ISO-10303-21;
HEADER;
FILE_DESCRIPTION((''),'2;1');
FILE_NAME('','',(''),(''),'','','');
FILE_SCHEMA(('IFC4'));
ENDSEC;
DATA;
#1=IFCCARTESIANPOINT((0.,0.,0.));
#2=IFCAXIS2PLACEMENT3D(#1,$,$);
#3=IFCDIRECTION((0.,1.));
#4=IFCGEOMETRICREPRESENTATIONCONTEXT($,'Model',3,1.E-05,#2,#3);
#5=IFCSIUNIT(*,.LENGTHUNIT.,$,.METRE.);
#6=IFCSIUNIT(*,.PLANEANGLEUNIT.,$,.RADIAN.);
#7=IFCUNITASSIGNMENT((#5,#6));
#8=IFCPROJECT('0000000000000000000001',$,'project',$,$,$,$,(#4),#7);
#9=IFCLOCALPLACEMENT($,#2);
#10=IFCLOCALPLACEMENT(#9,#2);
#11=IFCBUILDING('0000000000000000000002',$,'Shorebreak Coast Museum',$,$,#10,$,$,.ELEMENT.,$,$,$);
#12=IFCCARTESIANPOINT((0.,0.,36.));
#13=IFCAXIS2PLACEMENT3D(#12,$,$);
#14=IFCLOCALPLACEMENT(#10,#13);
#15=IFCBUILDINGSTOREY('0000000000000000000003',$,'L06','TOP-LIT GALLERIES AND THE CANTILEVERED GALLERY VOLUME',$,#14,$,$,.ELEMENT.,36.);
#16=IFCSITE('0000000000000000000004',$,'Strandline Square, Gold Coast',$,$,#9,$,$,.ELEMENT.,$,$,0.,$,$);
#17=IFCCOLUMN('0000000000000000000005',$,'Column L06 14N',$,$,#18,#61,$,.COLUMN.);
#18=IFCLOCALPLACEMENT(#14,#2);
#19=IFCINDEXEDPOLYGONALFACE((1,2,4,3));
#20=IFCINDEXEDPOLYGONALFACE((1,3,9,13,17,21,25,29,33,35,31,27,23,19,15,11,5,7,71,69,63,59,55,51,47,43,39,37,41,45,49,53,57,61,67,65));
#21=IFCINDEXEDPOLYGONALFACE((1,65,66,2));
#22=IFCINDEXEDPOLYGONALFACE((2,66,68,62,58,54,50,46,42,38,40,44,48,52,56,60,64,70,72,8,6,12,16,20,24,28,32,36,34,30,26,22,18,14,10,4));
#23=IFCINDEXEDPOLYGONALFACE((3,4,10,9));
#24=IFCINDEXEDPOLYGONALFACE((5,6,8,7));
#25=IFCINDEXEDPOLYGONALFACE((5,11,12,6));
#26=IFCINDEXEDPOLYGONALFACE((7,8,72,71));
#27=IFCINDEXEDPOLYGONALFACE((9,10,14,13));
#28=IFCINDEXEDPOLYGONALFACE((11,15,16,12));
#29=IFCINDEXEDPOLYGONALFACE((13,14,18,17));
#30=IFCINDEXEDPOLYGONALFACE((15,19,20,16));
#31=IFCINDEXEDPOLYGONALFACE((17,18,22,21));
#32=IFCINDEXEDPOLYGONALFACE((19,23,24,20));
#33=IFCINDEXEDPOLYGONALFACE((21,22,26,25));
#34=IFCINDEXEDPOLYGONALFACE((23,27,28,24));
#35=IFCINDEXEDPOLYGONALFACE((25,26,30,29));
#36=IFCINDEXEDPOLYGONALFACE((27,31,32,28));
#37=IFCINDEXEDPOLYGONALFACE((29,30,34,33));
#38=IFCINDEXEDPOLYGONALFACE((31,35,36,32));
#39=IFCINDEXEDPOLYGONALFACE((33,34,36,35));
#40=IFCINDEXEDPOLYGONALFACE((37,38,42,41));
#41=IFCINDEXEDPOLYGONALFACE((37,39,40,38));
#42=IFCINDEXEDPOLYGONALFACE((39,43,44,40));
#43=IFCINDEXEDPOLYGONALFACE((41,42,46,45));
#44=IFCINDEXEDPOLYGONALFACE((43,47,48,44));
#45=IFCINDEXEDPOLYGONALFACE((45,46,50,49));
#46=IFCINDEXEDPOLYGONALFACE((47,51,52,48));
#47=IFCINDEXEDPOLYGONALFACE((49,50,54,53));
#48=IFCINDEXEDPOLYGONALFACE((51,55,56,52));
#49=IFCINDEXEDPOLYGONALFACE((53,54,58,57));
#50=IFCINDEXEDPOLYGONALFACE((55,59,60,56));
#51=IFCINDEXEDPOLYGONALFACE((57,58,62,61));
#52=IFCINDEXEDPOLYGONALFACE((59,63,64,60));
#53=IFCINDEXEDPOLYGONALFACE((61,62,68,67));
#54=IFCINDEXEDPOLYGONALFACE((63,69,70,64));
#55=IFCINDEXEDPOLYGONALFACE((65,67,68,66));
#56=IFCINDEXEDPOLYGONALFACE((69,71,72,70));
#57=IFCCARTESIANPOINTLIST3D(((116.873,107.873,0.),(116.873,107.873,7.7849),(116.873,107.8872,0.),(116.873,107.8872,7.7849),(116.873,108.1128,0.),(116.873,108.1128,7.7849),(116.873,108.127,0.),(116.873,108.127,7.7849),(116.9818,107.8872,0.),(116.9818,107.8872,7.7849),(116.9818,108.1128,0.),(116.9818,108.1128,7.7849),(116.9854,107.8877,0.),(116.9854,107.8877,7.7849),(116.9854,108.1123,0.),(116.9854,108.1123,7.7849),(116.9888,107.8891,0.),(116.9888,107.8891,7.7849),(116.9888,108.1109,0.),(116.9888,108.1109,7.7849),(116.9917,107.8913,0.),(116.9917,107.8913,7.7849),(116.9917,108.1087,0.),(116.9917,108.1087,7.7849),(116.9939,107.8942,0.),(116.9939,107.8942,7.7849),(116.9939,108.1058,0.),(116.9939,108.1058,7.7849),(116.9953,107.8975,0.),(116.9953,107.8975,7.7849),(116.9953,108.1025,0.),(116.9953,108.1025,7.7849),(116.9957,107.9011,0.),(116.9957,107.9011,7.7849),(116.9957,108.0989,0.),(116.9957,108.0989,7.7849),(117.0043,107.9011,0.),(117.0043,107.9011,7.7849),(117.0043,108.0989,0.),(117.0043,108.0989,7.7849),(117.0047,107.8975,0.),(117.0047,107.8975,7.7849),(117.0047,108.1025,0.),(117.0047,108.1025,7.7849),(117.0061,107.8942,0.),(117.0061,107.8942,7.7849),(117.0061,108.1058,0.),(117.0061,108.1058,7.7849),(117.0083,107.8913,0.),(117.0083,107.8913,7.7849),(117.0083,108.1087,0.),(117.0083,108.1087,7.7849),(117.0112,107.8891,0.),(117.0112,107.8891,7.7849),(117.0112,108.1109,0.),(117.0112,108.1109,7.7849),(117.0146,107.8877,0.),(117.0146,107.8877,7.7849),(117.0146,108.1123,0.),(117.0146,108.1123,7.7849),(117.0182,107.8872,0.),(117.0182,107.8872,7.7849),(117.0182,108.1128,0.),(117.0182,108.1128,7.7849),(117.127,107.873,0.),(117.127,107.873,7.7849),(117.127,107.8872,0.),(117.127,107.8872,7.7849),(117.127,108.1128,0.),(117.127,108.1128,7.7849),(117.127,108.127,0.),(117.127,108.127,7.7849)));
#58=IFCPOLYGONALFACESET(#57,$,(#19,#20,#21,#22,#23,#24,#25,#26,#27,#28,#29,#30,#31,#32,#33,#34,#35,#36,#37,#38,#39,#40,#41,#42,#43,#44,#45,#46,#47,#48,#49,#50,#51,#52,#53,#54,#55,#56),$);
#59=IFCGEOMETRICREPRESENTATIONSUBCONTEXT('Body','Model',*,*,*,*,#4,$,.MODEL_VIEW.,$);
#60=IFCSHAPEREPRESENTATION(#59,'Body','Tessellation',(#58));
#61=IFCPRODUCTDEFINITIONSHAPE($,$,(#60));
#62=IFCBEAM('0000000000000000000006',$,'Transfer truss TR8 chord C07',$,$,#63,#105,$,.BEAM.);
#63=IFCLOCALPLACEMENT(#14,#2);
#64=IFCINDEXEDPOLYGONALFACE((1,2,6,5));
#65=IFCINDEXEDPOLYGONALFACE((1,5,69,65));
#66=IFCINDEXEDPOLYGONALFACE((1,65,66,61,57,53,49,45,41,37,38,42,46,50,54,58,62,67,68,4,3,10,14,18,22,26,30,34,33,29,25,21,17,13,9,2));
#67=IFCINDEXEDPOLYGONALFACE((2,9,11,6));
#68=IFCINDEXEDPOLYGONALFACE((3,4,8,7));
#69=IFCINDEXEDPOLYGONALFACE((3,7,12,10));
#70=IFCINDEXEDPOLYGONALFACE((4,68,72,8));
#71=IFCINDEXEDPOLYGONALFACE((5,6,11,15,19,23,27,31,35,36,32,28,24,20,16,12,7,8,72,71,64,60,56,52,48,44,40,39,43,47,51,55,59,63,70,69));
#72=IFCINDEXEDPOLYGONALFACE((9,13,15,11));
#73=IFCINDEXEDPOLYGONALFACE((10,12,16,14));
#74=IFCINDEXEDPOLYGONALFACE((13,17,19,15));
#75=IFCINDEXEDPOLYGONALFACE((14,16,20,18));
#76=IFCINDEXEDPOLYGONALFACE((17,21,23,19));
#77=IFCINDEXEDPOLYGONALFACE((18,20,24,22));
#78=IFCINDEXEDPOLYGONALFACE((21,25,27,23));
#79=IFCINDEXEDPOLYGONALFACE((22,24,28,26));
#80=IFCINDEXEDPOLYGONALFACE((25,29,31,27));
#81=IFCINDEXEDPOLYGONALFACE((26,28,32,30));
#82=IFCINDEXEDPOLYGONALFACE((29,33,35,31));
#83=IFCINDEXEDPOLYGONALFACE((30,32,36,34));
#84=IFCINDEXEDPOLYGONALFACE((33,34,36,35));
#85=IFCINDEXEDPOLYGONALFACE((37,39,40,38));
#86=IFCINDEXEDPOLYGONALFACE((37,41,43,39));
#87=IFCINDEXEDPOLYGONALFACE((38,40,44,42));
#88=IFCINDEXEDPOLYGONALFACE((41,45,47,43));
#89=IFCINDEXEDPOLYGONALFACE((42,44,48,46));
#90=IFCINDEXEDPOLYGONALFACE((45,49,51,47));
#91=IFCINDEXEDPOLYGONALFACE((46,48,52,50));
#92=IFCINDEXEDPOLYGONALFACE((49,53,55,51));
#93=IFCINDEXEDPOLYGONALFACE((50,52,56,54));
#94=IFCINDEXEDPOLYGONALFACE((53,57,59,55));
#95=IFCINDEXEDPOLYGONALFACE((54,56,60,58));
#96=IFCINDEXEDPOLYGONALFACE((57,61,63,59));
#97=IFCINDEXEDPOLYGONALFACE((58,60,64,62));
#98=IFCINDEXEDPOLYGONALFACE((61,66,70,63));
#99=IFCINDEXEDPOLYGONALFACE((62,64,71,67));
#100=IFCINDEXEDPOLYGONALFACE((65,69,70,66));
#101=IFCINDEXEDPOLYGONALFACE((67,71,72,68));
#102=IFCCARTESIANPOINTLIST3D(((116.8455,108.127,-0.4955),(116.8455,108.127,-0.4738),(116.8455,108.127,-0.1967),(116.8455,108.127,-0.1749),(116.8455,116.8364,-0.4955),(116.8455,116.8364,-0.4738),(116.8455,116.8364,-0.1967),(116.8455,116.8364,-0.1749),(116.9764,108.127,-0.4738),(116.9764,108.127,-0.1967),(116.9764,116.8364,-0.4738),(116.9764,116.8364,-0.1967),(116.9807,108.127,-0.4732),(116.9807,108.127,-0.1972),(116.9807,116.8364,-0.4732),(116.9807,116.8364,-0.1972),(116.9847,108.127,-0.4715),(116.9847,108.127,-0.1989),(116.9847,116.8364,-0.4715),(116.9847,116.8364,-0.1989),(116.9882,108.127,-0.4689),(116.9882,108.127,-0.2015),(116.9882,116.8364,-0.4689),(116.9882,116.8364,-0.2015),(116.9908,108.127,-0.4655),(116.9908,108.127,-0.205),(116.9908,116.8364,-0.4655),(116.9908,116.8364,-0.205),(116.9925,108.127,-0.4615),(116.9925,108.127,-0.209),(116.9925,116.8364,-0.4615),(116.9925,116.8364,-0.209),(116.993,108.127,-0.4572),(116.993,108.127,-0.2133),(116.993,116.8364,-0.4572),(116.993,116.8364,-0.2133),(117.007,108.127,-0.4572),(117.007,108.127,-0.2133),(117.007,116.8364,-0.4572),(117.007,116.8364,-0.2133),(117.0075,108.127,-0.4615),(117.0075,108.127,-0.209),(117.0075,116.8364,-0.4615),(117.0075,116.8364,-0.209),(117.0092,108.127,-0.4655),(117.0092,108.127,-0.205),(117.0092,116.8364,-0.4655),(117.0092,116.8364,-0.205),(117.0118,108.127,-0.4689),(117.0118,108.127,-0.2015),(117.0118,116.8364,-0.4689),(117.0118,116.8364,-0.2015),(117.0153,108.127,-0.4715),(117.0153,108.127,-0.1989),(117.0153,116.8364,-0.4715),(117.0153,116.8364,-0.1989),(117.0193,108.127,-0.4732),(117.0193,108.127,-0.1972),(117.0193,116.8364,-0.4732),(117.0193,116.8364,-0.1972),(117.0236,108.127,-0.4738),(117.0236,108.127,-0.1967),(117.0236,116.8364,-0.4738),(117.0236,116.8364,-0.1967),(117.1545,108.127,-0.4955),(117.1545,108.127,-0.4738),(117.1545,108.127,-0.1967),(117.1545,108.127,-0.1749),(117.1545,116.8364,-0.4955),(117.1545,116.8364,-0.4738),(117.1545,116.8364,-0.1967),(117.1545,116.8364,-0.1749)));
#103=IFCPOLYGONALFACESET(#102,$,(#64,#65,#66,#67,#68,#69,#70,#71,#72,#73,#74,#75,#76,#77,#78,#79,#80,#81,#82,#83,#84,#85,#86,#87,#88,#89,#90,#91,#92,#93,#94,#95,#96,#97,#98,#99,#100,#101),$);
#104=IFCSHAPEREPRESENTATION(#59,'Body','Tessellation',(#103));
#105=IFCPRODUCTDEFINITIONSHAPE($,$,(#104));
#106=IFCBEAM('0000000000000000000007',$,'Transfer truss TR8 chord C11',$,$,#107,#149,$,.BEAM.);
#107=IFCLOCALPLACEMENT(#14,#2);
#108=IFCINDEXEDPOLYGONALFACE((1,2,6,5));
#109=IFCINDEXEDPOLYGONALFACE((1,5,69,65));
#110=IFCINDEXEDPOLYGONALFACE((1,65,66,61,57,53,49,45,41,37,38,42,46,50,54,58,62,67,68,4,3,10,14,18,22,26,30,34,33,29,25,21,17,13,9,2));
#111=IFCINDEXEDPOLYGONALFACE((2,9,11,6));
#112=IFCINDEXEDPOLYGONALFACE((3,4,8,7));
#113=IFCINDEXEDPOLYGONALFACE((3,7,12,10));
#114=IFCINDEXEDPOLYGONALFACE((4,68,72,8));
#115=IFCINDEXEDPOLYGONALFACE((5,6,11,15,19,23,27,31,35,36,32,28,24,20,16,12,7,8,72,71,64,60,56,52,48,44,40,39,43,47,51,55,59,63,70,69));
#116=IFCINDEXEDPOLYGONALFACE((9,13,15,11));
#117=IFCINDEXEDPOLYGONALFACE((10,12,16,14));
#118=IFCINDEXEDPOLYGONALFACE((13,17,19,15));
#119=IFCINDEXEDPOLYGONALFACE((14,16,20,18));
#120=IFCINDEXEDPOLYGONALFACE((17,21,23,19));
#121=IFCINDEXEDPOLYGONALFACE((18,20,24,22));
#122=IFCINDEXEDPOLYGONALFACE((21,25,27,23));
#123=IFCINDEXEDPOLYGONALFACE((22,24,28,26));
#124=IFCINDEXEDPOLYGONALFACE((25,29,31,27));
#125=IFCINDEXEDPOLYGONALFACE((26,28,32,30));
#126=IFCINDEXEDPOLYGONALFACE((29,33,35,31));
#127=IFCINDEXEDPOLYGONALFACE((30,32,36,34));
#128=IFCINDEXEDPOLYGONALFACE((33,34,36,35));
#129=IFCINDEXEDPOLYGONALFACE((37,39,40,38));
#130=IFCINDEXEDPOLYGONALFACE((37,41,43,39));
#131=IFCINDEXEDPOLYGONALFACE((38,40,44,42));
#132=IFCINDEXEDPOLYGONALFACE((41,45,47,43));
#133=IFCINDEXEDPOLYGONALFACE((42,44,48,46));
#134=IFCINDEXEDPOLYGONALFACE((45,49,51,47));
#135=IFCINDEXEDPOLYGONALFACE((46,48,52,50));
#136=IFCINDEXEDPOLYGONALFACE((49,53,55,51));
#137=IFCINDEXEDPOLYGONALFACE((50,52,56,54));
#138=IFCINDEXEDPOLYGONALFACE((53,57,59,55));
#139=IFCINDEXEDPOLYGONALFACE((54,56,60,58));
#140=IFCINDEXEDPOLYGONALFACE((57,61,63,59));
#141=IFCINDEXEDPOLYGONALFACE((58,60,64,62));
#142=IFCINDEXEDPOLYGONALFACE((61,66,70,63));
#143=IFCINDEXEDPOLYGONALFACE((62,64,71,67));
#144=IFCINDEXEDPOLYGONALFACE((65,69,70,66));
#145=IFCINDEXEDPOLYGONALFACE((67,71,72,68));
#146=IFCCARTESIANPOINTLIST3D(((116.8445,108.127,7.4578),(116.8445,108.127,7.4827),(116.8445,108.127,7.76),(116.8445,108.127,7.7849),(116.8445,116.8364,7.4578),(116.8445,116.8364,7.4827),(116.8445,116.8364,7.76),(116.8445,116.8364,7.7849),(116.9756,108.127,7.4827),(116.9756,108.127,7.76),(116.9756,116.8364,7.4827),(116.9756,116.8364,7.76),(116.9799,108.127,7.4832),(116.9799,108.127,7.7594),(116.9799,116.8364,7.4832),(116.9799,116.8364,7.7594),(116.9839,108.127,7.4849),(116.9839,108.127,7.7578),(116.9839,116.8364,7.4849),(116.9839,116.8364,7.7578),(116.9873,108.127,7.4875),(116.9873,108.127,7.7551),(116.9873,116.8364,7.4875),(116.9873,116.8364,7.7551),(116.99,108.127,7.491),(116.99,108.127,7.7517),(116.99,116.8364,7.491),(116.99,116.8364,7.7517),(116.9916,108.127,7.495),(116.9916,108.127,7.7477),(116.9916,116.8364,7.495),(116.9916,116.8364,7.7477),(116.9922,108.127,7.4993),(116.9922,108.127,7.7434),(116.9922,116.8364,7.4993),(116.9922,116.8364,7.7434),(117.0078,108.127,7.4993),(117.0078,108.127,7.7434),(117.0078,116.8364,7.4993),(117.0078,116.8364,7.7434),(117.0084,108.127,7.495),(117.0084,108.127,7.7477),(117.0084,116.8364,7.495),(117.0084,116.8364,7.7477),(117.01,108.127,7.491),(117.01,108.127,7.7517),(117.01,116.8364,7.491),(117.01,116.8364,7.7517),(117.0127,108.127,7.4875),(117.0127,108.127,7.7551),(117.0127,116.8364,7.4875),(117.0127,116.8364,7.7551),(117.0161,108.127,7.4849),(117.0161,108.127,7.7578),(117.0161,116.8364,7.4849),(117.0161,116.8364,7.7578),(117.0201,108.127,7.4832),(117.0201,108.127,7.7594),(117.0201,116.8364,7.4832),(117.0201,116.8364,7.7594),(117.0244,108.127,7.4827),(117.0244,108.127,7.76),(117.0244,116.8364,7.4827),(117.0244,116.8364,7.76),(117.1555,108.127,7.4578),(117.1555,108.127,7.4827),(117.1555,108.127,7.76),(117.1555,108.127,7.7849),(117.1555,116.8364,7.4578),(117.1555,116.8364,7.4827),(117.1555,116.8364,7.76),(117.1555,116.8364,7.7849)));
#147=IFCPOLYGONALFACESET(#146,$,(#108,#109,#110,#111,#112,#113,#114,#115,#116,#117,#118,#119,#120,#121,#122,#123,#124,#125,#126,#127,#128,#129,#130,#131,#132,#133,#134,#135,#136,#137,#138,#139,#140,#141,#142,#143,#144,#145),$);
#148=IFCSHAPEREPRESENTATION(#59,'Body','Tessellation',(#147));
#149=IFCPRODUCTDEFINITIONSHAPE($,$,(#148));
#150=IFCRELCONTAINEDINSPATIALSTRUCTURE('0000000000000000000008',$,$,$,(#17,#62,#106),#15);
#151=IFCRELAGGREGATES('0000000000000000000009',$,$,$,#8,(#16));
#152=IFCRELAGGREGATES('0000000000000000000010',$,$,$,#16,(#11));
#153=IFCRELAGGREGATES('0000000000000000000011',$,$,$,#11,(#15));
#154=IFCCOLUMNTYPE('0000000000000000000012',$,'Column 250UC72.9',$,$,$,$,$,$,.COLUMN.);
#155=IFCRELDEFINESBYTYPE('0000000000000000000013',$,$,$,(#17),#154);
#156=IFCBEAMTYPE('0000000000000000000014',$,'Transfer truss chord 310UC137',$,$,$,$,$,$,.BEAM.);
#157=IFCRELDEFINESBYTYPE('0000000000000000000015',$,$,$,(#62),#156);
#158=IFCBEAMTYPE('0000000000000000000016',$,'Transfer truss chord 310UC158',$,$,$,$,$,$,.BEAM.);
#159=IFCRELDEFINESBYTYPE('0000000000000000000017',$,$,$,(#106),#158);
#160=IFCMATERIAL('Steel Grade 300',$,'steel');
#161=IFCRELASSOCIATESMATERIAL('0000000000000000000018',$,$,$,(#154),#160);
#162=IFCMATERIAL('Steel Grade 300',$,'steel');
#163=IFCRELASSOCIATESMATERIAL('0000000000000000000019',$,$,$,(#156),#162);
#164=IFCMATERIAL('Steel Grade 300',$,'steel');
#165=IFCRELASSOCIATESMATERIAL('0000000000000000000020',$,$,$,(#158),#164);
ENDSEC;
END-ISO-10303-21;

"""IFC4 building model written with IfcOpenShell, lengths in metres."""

from ifc_helpers import new_model, si_unit, direction, frame, origin, origin_2d, place, context, subcontext, project, spatial, i_section, extrude, material, material_profile, profile_set, type_object, element, save


model = new_model("IFC4")

# Units and contexts
model_context = context("Model", 3, precision=1e-05, world=origin(), true_north=direction((0.0, 1.0)))
body_context = subcontext(model_context, "Body", "Model", "MODEL_VIEW")
ifc_project = project(units=[si_unit("LENGTHUNIT", "METRE"), si_unit("PLANEANGLEUNIT", "RADIAN")], contexts=[model_context])

# Site, building, storey
site_placement = place(None, origin())
site = spatial("IfcSite", under=ifc_project, at=site_placement, Name="Strandline Square, Gold Coast", CompositionType="ELEMENT", RefElevation=0.0)
building_placement = place(site_placement, origin())
building = spatial("IfcBuilding", under=site, at=building_placement, Name="Shorebreak Coast Museum", CompositionType="ELEMENT")
storey_placement = place(building_placement, frame((0.0, 0.0, 36.0)))
storey = spatial("IfcBuildingStorey", under=building, at=storey_placement, Name="L06", Description="TOP-LIT GALLERIES AND THE CANTILEVERED GALLERY VOLUME", CompositionType="ELEMENT", Elevation=36.0)

# Column
ifc_material_1 = material(Name="Steel Grade 300", Category="steel")
ifc_material_profile_1 = material_profile(ifc_material_1, i_section(OverallWidth=0.2539, OverallDepth=0.2539, WebThickness=0.0085, FlangeThickness=0.0142, FilletRadius=0.0139, at=origin_2d()), Name="250UC72.9")
ifc_profile_set_1 = profile_set([ifc_material_profile_1], Name="Steel Grade 300")
column_type = type_object("IfcColumnType", Name="Column 250UC72.9", PredefinedType="COLUMN", material=ifc_profile_set_1)
column_placement = place(storey_placement, frame((117.0, 108.0, 0.0), z_axis=(0.0, 0.0, 1.0), x_axis=(1.0, 0.0, 0.0)))
element("IfcColumn", 1, at=column_placement, inside=storey, type_object=column_type, Name="Column L06 14N", PredefinedType="COLUMN", context=body_context, shape_type="SweptSolid", body=[
    extrude(i_section(OverallWidth=0.2539, OverallDepth=0.2539, WebThickness=0.0085, FlangeThickness=0.0142, FilletRadius=0.0139, at=origin_2d()), origin(), (0.0, 0.0, 1.0), 7.7849),
])

# Beams
ifc_material_2 = material(Name="Steel Grade 300", Category="steel")
ifc_material_profile_2 = material_profile(ifc_material_2, i_section(OverallWidth=0.3091, OverallDepth=0.3206, WebThickness=0.0139, FlangeThickness=0.0217, FilletRadius=0.0166, at=origin_2d()), Name="310UC137")
ifc_profile_set_2 = profile_set([ifc_material_profile_2], Name="Steel Grade 300")
beam_type_1 = type_object("IfcBeamType", Name="Transfer truss chord 310UC137", PredefinedType="BEAM", material=ifc_profile_set_2)
beam_1_placement = place(storey_placement, frame((117.0, 108.127, -0.3352), z_axis=(0.0, 1.0, 0.0), x_axis=(-1.0, 0.0, 0.0)))
element("IfcBeam", 2, at=beam_1_placement, inside=storey, type_object=beam_type_1, Name="Transfer truss TR8 chord C07", PredefinedType="BEAM", context=body_context, shape_type="SweptSolid", body=[
    extrude(i_section(OverallWidth=0.3091, OverallDepth=0.3206, WebThickness=0.0139, FlangeThickness=0.0217, FilletRadius=0.0166, at=origin_2d()), origin(), (0.0, 0.0, 1.0), 8.7095),
])
ifc_material_3 = material(Name="Steel Grade 300", Category="steel")
ifc_material_profile_3 = material_profile(ifc_material_3, i_section(OverallWidth=0.311, OverallDepth=0.3271, WebThickness=0.0156, FlangeThickness=0.0249, FilletRadius=0.0166, at=origin_2d()), Name="310UC158")
ifc_profile_set_3 = profile_set([ifc_material_profile_3], Name="Steel Grade 300")
beam_type_2 = type_object("IfcBeamType", Name="Transfer truss chord 310UC158", PredefinedType="BEAM", material=ifc_profile_set_3)
beam_2_placement = place(storey_placement, frame((117.0, 108.127, 7.6213), z_axis=(0.0, 1.0, 0.0), x_axis=(-1.0, 0.0, 0.0)))
element("IfcBeam", 3, at=beam_2_placement, inside=storey, type_object=beam_type_2, Name="Transfer truss TR8 chord C11", PredefinedType="BEAM", context=body_context, shape_type="SweptSolid", body=[
    extrude(i_section(OverallWidth=0.311, OverallDepth=0.3271, WebThickness=0.0156, FlangeThickness=0.0249, FilletRadius=0.0166, at=origin_2d()), origin(), (0.0, 0.0, 1.0), 8.7095),
])

save(model, "model.ifc")
